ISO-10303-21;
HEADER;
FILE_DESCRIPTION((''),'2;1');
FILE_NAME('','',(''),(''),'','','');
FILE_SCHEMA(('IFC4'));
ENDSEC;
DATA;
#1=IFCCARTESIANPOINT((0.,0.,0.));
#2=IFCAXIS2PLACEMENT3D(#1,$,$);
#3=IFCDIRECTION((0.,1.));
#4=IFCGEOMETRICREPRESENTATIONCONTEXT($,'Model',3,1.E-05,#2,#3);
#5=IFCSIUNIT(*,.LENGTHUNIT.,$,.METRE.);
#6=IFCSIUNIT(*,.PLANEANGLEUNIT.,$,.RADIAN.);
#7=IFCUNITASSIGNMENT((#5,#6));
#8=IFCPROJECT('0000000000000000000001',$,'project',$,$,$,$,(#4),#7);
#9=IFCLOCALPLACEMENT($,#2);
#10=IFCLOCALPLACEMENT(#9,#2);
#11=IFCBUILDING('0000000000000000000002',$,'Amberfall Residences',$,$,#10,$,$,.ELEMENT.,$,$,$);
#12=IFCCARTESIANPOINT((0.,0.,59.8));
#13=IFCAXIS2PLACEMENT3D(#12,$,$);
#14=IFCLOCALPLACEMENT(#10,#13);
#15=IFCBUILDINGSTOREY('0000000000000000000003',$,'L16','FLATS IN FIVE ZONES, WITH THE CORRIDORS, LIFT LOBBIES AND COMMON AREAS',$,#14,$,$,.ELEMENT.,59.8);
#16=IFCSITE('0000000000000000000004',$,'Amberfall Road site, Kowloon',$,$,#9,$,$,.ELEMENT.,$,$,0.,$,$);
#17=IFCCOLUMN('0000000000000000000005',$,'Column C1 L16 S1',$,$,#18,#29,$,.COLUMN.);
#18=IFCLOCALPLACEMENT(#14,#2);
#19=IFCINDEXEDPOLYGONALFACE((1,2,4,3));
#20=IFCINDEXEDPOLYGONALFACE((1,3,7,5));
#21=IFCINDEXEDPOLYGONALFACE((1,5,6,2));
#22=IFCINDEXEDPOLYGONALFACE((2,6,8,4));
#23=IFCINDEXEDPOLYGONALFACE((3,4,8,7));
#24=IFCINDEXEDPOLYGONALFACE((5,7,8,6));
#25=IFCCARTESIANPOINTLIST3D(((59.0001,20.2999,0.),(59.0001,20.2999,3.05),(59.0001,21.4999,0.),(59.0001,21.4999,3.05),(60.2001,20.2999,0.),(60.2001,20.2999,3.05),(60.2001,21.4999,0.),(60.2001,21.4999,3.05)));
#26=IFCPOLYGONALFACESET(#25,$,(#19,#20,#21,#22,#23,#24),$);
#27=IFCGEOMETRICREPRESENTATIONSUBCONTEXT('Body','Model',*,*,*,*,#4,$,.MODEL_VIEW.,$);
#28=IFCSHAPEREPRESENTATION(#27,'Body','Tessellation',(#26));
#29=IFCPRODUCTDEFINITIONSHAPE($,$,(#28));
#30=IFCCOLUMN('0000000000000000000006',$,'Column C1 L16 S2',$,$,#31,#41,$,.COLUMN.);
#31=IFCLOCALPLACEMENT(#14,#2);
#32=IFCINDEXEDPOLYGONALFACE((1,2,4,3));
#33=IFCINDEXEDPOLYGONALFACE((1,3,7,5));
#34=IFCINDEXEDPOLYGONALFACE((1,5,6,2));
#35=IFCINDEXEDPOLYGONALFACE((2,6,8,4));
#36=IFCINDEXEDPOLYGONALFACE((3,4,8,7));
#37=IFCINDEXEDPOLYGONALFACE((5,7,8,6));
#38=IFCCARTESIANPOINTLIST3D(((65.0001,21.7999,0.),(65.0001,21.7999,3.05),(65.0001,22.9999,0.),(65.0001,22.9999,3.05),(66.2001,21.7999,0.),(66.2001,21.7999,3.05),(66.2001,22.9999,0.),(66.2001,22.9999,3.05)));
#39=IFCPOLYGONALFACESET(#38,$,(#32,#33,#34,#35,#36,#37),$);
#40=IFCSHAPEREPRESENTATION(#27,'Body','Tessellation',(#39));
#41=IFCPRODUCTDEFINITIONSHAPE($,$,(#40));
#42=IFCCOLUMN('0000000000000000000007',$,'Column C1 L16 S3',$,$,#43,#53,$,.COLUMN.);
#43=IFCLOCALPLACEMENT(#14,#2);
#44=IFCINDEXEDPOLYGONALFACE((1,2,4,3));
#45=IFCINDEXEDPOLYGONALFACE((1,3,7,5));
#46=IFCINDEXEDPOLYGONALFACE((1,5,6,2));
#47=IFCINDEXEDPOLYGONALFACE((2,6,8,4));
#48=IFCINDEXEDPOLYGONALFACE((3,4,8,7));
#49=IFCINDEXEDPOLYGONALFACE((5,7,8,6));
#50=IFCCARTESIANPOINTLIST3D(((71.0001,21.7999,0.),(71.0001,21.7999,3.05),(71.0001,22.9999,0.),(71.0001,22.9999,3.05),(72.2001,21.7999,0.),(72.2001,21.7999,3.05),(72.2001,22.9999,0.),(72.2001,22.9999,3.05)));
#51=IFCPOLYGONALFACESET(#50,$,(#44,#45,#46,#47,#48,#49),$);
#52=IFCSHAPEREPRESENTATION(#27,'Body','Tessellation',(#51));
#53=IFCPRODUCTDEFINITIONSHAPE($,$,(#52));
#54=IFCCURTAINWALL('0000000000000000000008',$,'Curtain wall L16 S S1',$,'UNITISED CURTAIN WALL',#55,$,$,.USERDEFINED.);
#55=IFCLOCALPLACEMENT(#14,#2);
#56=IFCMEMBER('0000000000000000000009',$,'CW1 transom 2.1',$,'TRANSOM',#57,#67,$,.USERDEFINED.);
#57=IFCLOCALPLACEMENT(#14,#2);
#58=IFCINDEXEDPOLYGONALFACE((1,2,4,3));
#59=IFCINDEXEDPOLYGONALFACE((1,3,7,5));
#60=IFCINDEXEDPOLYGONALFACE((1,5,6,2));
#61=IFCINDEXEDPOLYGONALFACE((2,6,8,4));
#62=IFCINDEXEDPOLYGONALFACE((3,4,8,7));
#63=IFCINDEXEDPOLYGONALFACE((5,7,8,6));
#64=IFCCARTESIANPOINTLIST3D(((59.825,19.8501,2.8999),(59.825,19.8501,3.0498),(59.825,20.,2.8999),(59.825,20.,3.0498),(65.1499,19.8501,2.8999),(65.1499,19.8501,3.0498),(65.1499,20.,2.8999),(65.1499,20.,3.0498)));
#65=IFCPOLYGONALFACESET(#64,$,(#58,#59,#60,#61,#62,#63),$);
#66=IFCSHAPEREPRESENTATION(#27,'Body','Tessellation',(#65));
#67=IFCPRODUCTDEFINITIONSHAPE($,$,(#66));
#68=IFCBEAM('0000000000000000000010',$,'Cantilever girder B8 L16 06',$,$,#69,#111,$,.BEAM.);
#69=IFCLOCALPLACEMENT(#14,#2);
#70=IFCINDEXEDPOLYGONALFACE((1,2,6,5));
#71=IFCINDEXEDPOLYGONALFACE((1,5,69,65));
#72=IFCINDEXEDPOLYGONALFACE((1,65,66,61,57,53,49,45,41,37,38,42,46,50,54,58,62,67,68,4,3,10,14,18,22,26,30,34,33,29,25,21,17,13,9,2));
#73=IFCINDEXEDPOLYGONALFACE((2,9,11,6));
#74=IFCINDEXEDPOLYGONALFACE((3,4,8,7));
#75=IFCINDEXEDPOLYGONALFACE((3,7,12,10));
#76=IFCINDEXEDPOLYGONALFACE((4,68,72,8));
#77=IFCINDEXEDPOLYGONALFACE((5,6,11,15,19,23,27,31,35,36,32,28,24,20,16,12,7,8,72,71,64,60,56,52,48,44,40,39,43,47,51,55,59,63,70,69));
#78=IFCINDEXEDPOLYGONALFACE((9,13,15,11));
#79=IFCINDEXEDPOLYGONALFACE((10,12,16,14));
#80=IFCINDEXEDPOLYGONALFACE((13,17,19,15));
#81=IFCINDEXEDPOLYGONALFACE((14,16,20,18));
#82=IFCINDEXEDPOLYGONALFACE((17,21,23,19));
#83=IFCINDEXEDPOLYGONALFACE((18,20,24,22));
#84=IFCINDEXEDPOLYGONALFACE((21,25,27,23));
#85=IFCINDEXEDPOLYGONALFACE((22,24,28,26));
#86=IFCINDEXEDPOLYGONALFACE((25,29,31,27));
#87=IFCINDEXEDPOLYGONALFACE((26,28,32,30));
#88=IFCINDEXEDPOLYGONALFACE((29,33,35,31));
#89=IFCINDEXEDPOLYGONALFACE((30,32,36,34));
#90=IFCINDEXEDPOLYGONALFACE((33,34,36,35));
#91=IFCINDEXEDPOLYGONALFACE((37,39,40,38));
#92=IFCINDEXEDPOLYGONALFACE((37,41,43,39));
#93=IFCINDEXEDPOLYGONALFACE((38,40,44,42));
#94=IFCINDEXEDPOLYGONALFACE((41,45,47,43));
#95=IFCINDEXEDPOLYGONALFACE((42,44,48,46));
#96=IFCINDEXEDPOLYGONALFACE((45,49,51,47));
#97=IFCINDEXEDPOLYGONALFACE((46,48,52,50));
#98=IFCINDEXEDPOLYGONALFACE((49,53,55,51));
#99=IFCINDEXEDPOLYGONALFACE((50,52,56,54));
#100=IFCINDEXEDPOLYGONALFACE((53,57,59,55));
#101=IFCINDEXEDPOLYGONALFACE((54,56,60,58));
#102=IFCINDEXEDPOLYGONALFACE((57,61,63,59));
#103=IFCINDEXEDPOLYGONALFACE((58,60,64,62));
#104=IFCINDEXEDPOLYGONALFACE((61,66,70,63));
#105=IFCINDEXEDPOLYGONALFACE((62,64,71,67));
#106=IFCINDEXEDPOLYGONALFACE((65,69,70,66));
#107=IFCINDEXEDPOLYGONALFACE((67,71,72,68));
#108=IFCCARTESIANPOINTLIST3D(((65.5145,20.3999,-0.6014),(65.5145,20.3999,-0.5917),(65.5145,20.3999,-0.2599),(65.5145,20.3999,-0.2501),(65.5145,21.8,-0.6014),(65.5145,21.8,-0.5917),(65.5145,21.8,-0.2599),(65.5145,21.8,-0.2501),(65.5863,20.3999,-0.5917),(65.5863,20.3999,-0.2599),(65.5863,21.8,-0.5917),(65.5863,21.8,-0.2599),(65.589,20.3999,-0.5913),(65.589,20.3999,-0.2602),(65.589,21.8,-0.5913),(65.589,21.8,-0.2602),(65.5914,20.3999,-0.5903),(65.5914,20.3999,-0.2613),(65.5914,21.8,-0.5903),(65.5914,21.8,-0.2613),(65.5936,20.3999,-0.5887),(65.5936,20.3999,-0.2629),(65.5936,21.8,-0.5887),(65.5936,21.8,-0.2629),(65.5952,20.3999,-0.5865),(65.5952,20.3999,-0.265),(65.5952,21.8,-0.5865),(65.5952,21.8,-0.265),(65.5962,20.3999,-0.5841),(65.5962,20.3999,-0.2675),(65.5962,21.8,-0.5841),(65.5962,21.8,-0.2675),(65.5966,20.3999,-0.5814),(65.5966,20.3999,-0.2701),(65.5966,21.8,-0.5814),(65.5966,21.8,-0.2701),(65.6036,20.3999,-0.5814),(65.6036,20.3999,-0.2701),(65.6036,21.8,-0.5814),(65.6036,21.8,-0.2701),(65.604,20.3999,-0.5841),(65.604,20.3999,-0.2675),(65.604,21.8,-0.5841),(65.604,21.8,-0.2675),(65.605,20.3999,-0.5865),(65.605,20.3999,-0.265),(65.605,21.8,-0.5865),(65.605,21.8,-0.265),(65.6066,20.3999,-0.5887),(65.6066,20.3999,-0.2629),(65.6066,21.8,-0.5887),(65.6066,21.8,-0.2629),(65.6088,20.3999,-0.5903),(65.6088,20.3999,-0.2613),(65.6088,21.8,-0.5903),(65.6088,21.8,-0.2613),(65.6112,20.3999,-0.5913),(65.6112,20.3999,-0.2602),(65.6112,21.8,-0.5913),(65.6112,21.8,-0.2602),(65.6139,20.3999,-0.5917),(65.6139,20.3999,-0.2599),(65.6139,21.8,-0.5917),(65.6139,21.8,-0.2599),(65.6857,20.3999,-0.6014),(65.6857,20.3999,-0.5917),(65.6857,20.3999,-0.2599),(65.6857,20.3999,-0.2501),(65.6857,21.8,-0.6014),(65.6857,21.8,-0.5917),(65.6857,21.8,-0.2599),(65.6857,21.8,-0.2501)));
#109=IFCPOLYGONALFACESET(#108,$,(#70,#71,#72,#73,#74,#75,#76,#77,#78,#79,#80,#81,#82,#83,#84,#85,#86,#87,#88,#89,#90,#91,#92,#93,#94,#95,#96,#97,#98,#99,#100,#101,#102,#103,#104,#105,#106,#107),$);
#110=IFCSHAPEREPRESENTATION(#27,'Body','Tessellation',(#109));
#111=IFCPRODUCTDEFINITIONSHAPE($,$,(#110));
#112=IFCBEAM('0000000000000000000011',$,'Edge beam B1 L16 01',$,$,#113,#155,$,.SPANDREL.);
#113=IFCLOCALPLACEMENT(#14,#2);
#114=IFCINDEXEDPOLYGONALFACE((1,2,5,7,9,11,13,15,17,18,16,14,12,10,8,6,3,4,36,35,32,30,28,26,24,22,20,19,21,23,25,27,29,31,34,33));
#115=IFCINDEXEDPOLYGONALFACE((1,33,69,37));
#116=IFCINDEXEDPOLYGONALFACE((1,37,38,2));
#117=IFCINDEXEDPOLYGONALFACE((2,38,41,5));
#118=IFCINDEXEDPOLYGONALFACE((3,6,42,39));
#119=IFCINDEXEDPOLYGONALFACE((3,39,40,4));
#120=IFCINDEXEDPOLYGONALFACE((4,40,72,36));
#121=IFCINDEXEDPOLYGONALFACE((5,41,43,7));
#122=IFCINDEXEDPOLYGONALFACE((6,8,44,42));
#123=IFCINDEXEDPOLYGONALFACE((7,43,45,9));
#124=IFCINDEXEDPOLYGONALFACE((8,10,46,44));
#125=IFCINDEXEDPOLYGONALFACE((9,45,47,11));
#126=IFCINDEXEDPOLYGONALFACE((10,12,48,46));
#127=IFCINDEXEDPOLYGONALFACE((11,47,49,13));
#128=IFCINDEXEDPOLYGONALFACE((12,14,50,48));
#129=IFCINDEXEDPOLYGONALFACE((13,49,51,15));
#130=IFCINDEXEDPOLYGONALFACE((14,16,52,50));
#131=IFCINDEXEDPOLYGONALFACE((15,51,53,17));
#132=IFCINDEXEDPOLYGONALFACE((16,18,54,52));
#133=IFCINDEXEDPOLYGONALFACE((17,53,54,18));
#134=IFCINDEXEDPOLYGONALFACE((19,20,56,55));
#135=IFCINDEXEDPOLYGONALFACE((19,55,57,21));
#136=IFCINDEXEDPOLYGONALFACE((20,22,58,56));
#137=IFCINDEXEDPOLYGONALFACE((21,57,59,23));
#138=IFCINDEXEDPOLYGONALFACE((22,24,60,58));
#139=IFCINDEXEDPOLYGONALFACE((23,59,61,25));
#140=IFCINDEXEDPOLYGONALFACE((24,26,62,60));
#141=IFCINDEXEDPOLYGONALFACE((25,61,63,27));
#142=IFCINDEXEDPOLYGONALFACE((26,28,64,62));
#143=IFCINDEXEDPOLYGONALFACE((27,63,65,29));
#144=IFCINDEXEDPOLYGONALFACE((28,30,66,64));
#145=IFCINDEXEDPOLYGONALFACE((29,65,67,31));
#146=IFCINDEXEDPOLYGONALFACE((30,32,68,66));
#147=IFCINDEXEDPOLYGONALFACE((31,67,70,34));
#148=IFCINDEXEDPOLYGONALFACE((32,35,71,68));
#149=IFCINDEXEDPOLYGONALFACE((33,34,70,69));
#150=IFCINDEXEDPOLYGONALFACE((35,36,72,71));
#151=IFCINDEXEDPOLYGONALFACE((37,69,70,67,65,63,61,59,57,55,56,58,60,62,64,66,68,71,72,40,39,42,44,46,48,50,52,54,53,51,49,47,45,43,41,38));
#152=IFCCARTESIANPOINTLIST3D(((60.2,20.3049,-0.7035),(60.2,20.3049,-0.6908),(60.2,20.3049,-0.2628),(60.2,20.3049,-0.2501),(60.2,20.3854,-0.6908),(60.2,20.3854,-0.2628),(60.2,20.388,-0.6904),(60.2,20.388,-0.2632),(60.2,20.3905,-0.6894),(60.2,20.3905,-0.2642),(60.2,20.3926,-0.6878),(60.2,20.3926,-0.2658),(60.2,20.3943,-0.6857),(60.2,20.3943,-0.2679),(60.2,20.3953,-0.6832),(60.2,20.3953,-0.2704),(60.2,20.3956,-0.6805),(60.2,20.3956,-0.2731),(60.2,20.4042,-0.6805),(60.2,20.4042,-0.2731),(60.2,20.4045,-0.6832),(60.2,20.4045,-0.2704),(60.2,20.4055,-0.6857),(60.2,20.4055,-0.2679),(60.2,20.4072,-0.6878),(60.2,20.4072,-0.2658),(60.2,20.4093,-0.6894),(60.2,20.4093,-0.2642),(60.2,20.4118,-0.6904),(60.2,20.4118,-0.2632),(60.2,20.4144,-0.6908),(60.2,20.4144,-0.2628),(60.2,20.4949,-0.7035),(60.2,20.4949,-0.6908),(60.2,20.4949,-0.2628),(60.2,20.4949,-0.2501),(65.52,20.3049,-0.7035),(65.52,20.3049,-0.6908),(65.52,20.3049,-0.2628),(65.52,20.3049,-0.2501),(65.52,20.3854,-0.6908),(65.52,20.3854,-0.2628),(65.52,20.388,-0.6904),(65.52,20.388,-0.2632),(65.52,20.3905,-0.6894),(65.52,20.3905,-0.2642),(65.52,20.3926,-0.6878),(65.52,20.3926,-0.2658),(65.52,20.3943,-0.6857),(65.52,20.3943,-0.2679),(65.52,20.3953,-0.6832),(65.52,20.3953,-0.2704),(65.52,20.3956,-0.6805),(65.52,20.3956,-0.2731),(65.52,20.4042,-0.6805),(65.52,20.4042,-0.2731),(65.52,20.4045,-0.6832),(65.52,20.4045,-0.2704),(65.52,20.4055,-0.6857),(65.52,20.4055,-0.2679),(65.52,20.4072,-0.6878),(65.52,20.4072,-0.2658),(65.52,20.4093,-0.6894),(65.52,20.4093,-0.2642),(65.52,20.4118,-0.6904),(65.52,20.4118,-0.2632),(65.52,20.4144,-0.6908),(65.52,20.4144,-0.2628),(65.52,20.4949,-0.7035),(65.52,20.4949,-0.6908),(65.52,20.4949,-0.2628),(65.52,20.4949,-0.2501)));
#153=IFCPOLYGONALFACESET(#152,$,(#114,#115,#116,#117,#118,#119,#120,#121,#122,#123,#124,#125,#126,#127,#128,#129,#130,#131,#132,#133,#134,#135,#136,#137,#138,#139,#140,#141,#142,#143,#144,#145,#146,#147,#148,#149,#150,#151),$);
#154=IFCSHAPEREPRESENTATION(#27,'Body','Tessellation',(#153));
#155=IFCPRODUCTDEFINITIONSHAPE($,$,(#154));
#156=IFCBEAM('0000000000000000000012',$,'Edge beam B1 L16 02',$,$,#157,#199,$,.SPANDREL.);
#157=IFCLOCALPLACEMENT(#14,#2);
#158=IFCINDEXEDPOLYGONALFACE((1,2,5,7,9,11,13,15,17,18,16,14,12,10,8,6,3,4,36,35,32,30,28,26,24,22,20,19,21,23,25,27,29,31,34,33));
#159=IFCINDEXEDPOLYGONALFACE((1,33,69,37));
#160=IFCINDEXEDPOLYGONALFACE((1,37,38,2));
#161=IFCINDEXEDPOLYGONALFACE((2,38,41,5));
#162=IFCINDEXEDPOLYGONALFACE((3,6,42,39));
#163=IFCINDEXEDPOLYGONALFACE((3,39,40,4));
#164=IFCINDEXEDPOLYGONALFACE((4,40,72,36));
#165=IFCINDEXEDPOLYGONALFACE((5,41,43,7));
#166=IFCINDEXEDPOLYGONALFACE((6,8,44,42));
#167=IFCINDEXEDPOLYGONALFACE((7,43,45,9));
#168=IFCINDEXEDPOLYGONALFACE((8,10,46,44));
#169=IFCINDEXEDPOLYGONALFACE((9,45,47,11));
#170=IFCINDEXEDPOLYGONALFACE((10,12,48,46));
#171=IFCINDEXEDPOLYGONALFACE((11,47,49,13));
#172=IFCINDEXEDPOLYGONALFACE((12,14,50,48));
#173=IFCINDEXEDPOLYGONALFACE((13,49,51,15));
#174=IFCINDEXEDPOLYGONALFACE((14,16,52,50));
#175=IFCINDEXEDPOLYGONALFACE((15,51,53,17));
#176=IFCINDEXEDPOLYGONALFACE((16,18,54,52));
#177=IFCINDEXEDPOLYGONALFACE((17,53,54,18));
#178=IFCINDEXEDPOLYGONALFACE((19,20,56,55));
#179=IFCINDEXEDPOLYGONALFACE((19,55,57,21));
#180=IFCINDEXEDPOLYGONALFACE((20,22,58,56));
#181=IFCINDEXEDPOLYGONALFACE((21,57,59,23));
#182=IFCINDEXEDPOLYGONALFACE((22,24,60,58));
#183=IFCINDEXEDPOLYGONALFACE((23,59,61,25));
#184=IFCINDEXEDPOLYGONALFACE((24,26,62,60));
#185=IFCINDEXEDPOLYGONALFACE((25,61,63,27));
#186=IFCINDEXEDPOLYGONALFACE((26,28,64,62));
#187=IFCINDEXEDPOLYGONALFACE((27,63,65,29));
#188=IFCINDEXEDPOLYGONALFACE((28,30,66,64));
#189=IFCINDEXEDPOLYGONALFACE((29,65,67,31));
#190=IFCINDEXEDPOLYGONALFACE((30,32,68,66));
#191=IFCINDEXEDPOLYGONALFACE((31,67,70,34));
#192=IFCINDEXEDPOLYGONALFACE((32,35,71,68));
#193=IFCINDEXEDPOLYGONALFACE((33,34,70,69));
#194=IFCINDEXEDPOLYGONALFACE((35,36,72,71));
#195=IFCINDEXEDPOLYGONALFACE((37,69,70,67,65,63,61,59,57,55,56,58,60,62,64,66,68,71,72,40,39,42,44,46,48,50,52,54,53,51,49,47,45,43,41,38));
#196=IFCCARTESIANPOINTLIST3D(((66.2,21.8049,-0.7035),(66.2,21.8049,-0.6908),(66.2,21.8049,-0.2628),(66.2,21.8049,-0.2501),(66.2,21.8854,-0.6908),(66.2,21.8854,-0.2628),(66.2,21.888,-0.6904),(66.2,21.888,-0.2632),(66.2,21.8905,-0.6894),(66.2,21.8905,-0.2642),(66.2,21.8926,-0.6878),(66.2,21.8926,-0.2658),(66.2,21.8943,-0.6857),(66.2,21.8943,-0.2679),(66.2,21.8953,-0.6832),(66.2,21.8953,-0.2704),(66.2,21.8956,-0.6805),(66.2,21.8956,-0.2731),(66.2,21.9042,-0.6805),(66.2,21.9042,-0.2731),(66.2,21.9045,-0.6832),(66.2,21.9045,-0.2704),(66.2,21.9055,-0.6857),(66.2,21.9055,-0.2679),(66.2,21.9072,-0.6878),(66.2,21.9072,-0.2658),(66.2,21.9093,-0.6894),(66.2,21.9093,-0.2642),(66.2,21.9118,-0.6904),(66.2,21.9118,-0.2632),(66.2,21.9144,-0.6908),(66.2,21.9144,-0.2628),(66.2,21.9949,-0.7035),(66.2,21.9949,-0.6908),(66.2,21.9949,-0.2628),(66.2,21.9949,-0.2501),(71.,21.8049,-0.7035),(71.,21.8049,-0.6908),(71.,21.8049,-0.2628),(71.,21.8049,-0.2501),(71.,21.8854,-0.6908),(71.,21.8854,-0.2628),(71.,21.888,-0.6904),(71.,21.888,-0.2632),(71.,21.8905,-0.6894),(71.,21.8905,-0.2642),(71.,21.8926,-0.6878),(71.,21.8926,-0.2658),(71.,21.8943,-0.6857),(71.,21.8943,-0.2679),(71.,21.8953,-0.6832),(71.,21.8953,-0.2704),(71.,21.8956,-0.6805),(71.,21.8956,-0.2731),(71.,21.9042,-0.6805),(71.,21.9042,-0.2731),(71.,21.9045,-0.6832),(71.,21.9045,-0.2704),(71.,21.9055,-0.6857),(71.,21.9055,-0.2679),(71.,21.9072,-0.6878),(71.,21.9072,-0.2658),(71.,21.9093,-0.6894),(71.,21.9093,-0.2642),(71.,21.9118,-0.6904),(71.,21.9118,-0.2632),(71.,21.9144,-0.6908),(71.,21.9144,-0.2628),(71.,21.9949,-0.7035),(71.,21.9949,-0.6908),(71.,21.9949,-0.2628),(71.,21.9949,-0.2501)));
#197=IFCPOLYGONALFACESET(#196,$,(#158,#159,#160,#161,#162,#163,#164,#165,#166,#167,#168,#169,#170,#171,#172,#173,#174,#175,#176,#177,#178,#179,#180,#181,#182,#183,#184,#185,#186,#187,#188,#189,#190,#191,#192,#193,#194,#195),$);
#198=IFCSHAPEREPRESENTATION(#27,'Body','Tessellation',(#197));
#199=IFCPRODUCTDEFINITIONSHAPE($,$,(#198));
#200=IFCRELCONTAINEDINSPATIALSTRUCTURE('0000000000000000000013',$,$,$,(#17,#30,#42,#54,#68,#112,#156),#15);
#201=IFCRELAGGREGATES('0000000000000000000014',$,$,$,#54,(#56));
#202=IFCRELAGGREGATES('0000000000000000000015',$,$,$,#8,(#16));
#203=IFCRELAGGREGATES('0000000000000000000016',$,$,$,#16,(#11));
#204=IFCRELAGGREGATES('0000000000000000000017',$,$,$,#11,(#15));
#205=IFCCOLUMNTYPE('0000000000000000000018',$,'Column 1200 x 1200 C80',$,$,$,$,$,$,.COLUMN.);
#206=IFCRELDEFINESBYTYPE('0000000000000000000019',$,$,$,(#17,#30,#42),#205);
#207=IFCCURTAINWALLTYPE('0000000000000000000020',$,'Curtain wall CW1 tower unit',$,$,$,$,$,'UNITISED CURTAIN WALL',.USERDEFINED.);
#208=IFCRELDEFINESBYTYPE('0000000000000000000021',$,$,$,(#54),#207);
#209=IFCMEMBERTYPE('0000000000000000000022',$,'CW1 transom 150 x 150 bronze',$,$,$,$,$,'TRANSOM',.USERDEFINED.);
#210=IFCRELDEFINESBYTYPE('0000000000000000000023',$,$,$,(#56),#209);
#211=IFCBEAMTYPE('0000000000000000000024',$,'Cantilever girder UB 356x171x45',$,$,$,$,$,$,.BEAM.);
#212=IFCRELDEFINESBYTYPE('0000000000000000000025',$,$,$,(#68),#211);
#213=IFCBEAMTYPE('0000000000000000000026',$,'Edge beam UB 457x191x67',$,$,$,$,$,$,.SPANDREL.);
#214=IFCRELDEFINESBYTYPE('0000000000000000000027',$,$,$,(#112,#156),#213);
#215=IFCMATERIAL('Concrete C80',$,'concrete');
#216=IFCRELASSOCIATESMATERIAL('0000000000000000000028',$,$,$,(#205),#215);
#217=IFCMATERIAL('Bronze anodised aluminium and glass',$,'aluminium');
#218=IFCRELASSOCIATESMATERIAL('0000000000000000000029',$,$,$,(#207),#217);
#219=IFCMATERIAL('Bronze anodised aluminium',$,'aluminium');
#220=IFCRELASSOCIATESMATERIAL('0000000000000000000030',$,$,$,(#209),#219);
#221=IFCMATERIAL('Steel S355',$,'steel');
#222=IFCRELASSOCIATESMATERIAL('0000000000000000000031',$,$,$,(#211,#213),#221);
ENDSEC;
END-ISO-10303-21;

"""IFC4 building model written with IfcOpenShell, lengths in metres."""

from ifc_helpers import new_model, si_unit, direction, frame, origin, origin_2d, place, context, subcontext, project, spatial, rectangle, i_section, extrude, material, material_profile, profile_set, type_object, element, aggregate, save


model = new_model("IFC4")

# Units and contexts
model_context = context("Model", 3, precision=1e-05, world=origin(), true_north=direction((0.0, 1.0)))
body_context = subcontext(model_context, "Body", "Model", "MODEL_VIEW")
ifc_project = project(units=[si_unit("LENGTHUNIT", "METRE"), si_unit("PLANEANGLEUNIT", "RADIAN")], contexts=[model_context])

# Site, building, storey
site_placement = place(None, origin())
site = spatial("IfcSite", under=ifc_project, at=site_placement, Name="Amberfall Road site, Kowloon", CompositionType="ELEMENT", RefElevation=0.0)
building_placement = place(site_placement, origin())
building = spatial("IfcBuilding", under=site, at=building_placement, Name="Amberfall Residences", CompositionType="ELEMENT")
storey_placement = place(building_placement, frame((0.0, 0.0, 59.8)))
storey = spatial("IfcBuildingStorey", under=building, at=storey_placement, Name="L16", Description="FLATS IN FIVE ZONES, WITH THE CORRIDORS, LIFT LOBBIES AND COMMON AREAS", CompositionType="ELEMENT", Elevation=59.8)

# Columns
ifc_material_1 = material(Name="Concrete C80", Category="concrete")
ifc_material_profile_1 = material_profile(ifc_material_1, rectangle(XDim=1.2, YDim=1.2, at=origin_2d()), Name="Column 1200 x 1200 C80")
ifc_profile_set_1 = profile_set([ifc_material_profile_1], Name="Concrete C80")
column_type = type_object("IfcColumnType", Name="Column 1200 x 1200 C80", PredefinedType="COLUMN", material=ifc_profile_set_1)
for number, where, z_axis, x_axis, name in (
    (1, (59.6001, 20.8999, 0.0), (0.0, 0.0, 1.0), (1.0, 0.0, 0.0), "Column C1 L16 S1"),
    (2, (65.6001, 22.3999, 0.0), (0.0, 0.0, 1.0), (1.0, 0.0, 0.0), "Column C1 L16 S2"),
    (3, (71.6001, 22.3999, 0.0), (0.0, 0.0, 1.0), (1.0, 0.0, 0.0), "Column C1 L16 S3"),
):
    element("IfcColumn", number, at=place(storey_placement, frame(where, z_axis=z_axis, x_axis=x_axis)), inside=storey, type_object=column_type, Name=name, PredefinedType="COLUMN", context=body_context, shape_type="SweptSolid", body=[
        extrude(rectangle(XDim=1.2, YDim=1.2, at=origin_2d()), origin(), (0.0, 0.0, 1.0), 3.05),
    ])

# Curtain wall, member
ifc_material_2 = material(Name="Bronze anodised aluminium and glass", Category="aluminium")
curtain_wall_type = type_object("IfcCurtainWallType", Name="Curtain wall CW1 tower unit", ElementType="UNITISED CURTAIN WALL", PredefinedType="USERDEFINED", material=ifc_material_2)
curtain_wall_placement = place(storey_placement, origin())
curtain_wall = element("IfcCurtainWall", 4, at=curtain_wall_placement, inside=storey, type_object=curtain_wall_type, Name="Curtain wall L16 S S1", ObjectType="UNITISED CURTAIN WALL", PredefinedType="USERDEFINED")
ifc_material_3 = material(Name="Bronze anodised aluminium", Category="aluminium")
ifc_material_profile_2 = material_profile(ifc_material_3, rectangle(XDim=0.1499, YDim=0.1499, at=origin_2d()), Name="CW1 transom 150 x 150 bronze")
ifc_profile_set_2 = profile_set([ifc_material_profile_2], Name="Bronze anodised aluminium")
member_type_1 = type_object("IfcMemberType", Name="CW1 transom 150 x 150 bronze", ElementType="TRANSOM", PredefinedType="USERDEFINED", material=ifc_profile_set_2)
member_1_placement = place(storey_placement, frame((59.825, 19.925, 2.9749), z_axis=(1.0, 0.0, 0.0), x_axis=(0.0, 1.0, 0.0)))
member_1 = element("IfcMember", 5, at=member_1_placement, type_object=member_type_1, Name="CW1 transom 2.1", ObjectType="TRANSOM", PredefinedType="USERDEFINED", context=body_context, shape_type="SweptSolid", body=[
    extrude(rectangle(XDim=0.1499, YDim=0.1499, at=origin_2d()), origin(), (0.0, 0.0, 1.0), 5.325),
])

# Beams
ifc_material_4 = material(Name="Steel S355", Category="steel")
ifc_material_profile_3 = material_profile(ifc_material_4, i_section(OverallWidth=0.1711, OverallDepth=0.3513, WebThickness=0.0071, FlangeThickness=0.0098, FilletRadius=0.0103, at=origin_2d()), Name="UB 356x171x45")
ifc_profile_set_3 = profile_set([ifc_material_profile_3], Name="Steel S355")
beam_type_1 = type_object("IfcBeamType", Name="Cantilever girder UB 356x171x45", PredefinedType="BEAM", material=ifc_profile_set_3)
beam_1_placement = place(storey_placement, frame((65.6001, 21.8, -0.4258), z_axis=(0.0, -1.0, 0.0), x_axis=(1.0, 0.0, 0.0)))
element("IfcBeam", 6, at=beam_1_placement, inside=storey, type_object=beam_type_1, Name="Cantilever girder B8 L16 06", PredefinedType="BEAM", context=body_context, shape_type="SweptSolid", body=[
    extrude(i_section(OverallWidth=0.1711, OverallDepth=0.3513, WebThickness=0.0071, FlangeThickness=0.0098, FilletRadius=0.0103, at=origin_2d()), origin(), (0.0, 0.0, 1.0), 1.4001),
])
ifc_material_profile_4 = material_profile(ifc_material_4, i_section(OverallWidth=0.1899, OverallDepth=0.4534, WebThickness=0.0085, FlangeThickness=0.0127, FilletRadius=0.0103, at=origin_2d()), Name="UB 457x191x67")
ifc_profile_set_4 = profile_set([ifc_material_profile_4], Name="Steel S355")
beam_type_2 = type_object("IfcBeamType", Name="Edge beam UB 457x191x67", PredefinedType="SPANDREL", material=ifc_profile_set_4)
beam_2_placement = place(storey_placement, frame((60.2, 20.3999, -0.4768), z_axis=(1.0, 0.0, 0.0), x_axis=(0.0, 1.0, 0.0)))
element("IfcBeam", 7, at=beam_2_placement, inside=storey, type_object=beam_type_2, Name="Edge beam B1 L16 01", PredefinedType="SPANDREL", context=body_context, shape_type="SweptSolid", body=[
    extrude(i_section(OverallWidth=0.1899, OverallDepth=0.4534, WebThickness=0.0085, FlangeThickness=0.0127, FilletRadius=0.0103, at=origin_2d()), origin(), (0.0, 0.0, 1.0), 5.3201),
])
beam_3_placement = place(storey_placement, frame((66.2, 21.8999, -0.4768), z_axis=(1.0, 0.0, 0.0), x_axis=(0.0, 1.0, 0.0)))
element("IfcBeam", 8, at=beam_3_placement, inside=storey, type_object=beam_type_2, Name="Edge beam B1 L16 02", PredefinedType="SPANDREL", context=body_context, shape_type="SweptSolid", body=[
    extrude(i_section(OverallWidth=0.1899, OverallDepth=0.4534, WebThickness=0.0085, FlangeThickness=0.0127, FilletRadius=0.0103, at=origin_2d()), origin(), (0.0, 0.0, 1.0), 4.8),
])

aggregate(curtain_wall, [member_1])

save(model, "model.ifc")
